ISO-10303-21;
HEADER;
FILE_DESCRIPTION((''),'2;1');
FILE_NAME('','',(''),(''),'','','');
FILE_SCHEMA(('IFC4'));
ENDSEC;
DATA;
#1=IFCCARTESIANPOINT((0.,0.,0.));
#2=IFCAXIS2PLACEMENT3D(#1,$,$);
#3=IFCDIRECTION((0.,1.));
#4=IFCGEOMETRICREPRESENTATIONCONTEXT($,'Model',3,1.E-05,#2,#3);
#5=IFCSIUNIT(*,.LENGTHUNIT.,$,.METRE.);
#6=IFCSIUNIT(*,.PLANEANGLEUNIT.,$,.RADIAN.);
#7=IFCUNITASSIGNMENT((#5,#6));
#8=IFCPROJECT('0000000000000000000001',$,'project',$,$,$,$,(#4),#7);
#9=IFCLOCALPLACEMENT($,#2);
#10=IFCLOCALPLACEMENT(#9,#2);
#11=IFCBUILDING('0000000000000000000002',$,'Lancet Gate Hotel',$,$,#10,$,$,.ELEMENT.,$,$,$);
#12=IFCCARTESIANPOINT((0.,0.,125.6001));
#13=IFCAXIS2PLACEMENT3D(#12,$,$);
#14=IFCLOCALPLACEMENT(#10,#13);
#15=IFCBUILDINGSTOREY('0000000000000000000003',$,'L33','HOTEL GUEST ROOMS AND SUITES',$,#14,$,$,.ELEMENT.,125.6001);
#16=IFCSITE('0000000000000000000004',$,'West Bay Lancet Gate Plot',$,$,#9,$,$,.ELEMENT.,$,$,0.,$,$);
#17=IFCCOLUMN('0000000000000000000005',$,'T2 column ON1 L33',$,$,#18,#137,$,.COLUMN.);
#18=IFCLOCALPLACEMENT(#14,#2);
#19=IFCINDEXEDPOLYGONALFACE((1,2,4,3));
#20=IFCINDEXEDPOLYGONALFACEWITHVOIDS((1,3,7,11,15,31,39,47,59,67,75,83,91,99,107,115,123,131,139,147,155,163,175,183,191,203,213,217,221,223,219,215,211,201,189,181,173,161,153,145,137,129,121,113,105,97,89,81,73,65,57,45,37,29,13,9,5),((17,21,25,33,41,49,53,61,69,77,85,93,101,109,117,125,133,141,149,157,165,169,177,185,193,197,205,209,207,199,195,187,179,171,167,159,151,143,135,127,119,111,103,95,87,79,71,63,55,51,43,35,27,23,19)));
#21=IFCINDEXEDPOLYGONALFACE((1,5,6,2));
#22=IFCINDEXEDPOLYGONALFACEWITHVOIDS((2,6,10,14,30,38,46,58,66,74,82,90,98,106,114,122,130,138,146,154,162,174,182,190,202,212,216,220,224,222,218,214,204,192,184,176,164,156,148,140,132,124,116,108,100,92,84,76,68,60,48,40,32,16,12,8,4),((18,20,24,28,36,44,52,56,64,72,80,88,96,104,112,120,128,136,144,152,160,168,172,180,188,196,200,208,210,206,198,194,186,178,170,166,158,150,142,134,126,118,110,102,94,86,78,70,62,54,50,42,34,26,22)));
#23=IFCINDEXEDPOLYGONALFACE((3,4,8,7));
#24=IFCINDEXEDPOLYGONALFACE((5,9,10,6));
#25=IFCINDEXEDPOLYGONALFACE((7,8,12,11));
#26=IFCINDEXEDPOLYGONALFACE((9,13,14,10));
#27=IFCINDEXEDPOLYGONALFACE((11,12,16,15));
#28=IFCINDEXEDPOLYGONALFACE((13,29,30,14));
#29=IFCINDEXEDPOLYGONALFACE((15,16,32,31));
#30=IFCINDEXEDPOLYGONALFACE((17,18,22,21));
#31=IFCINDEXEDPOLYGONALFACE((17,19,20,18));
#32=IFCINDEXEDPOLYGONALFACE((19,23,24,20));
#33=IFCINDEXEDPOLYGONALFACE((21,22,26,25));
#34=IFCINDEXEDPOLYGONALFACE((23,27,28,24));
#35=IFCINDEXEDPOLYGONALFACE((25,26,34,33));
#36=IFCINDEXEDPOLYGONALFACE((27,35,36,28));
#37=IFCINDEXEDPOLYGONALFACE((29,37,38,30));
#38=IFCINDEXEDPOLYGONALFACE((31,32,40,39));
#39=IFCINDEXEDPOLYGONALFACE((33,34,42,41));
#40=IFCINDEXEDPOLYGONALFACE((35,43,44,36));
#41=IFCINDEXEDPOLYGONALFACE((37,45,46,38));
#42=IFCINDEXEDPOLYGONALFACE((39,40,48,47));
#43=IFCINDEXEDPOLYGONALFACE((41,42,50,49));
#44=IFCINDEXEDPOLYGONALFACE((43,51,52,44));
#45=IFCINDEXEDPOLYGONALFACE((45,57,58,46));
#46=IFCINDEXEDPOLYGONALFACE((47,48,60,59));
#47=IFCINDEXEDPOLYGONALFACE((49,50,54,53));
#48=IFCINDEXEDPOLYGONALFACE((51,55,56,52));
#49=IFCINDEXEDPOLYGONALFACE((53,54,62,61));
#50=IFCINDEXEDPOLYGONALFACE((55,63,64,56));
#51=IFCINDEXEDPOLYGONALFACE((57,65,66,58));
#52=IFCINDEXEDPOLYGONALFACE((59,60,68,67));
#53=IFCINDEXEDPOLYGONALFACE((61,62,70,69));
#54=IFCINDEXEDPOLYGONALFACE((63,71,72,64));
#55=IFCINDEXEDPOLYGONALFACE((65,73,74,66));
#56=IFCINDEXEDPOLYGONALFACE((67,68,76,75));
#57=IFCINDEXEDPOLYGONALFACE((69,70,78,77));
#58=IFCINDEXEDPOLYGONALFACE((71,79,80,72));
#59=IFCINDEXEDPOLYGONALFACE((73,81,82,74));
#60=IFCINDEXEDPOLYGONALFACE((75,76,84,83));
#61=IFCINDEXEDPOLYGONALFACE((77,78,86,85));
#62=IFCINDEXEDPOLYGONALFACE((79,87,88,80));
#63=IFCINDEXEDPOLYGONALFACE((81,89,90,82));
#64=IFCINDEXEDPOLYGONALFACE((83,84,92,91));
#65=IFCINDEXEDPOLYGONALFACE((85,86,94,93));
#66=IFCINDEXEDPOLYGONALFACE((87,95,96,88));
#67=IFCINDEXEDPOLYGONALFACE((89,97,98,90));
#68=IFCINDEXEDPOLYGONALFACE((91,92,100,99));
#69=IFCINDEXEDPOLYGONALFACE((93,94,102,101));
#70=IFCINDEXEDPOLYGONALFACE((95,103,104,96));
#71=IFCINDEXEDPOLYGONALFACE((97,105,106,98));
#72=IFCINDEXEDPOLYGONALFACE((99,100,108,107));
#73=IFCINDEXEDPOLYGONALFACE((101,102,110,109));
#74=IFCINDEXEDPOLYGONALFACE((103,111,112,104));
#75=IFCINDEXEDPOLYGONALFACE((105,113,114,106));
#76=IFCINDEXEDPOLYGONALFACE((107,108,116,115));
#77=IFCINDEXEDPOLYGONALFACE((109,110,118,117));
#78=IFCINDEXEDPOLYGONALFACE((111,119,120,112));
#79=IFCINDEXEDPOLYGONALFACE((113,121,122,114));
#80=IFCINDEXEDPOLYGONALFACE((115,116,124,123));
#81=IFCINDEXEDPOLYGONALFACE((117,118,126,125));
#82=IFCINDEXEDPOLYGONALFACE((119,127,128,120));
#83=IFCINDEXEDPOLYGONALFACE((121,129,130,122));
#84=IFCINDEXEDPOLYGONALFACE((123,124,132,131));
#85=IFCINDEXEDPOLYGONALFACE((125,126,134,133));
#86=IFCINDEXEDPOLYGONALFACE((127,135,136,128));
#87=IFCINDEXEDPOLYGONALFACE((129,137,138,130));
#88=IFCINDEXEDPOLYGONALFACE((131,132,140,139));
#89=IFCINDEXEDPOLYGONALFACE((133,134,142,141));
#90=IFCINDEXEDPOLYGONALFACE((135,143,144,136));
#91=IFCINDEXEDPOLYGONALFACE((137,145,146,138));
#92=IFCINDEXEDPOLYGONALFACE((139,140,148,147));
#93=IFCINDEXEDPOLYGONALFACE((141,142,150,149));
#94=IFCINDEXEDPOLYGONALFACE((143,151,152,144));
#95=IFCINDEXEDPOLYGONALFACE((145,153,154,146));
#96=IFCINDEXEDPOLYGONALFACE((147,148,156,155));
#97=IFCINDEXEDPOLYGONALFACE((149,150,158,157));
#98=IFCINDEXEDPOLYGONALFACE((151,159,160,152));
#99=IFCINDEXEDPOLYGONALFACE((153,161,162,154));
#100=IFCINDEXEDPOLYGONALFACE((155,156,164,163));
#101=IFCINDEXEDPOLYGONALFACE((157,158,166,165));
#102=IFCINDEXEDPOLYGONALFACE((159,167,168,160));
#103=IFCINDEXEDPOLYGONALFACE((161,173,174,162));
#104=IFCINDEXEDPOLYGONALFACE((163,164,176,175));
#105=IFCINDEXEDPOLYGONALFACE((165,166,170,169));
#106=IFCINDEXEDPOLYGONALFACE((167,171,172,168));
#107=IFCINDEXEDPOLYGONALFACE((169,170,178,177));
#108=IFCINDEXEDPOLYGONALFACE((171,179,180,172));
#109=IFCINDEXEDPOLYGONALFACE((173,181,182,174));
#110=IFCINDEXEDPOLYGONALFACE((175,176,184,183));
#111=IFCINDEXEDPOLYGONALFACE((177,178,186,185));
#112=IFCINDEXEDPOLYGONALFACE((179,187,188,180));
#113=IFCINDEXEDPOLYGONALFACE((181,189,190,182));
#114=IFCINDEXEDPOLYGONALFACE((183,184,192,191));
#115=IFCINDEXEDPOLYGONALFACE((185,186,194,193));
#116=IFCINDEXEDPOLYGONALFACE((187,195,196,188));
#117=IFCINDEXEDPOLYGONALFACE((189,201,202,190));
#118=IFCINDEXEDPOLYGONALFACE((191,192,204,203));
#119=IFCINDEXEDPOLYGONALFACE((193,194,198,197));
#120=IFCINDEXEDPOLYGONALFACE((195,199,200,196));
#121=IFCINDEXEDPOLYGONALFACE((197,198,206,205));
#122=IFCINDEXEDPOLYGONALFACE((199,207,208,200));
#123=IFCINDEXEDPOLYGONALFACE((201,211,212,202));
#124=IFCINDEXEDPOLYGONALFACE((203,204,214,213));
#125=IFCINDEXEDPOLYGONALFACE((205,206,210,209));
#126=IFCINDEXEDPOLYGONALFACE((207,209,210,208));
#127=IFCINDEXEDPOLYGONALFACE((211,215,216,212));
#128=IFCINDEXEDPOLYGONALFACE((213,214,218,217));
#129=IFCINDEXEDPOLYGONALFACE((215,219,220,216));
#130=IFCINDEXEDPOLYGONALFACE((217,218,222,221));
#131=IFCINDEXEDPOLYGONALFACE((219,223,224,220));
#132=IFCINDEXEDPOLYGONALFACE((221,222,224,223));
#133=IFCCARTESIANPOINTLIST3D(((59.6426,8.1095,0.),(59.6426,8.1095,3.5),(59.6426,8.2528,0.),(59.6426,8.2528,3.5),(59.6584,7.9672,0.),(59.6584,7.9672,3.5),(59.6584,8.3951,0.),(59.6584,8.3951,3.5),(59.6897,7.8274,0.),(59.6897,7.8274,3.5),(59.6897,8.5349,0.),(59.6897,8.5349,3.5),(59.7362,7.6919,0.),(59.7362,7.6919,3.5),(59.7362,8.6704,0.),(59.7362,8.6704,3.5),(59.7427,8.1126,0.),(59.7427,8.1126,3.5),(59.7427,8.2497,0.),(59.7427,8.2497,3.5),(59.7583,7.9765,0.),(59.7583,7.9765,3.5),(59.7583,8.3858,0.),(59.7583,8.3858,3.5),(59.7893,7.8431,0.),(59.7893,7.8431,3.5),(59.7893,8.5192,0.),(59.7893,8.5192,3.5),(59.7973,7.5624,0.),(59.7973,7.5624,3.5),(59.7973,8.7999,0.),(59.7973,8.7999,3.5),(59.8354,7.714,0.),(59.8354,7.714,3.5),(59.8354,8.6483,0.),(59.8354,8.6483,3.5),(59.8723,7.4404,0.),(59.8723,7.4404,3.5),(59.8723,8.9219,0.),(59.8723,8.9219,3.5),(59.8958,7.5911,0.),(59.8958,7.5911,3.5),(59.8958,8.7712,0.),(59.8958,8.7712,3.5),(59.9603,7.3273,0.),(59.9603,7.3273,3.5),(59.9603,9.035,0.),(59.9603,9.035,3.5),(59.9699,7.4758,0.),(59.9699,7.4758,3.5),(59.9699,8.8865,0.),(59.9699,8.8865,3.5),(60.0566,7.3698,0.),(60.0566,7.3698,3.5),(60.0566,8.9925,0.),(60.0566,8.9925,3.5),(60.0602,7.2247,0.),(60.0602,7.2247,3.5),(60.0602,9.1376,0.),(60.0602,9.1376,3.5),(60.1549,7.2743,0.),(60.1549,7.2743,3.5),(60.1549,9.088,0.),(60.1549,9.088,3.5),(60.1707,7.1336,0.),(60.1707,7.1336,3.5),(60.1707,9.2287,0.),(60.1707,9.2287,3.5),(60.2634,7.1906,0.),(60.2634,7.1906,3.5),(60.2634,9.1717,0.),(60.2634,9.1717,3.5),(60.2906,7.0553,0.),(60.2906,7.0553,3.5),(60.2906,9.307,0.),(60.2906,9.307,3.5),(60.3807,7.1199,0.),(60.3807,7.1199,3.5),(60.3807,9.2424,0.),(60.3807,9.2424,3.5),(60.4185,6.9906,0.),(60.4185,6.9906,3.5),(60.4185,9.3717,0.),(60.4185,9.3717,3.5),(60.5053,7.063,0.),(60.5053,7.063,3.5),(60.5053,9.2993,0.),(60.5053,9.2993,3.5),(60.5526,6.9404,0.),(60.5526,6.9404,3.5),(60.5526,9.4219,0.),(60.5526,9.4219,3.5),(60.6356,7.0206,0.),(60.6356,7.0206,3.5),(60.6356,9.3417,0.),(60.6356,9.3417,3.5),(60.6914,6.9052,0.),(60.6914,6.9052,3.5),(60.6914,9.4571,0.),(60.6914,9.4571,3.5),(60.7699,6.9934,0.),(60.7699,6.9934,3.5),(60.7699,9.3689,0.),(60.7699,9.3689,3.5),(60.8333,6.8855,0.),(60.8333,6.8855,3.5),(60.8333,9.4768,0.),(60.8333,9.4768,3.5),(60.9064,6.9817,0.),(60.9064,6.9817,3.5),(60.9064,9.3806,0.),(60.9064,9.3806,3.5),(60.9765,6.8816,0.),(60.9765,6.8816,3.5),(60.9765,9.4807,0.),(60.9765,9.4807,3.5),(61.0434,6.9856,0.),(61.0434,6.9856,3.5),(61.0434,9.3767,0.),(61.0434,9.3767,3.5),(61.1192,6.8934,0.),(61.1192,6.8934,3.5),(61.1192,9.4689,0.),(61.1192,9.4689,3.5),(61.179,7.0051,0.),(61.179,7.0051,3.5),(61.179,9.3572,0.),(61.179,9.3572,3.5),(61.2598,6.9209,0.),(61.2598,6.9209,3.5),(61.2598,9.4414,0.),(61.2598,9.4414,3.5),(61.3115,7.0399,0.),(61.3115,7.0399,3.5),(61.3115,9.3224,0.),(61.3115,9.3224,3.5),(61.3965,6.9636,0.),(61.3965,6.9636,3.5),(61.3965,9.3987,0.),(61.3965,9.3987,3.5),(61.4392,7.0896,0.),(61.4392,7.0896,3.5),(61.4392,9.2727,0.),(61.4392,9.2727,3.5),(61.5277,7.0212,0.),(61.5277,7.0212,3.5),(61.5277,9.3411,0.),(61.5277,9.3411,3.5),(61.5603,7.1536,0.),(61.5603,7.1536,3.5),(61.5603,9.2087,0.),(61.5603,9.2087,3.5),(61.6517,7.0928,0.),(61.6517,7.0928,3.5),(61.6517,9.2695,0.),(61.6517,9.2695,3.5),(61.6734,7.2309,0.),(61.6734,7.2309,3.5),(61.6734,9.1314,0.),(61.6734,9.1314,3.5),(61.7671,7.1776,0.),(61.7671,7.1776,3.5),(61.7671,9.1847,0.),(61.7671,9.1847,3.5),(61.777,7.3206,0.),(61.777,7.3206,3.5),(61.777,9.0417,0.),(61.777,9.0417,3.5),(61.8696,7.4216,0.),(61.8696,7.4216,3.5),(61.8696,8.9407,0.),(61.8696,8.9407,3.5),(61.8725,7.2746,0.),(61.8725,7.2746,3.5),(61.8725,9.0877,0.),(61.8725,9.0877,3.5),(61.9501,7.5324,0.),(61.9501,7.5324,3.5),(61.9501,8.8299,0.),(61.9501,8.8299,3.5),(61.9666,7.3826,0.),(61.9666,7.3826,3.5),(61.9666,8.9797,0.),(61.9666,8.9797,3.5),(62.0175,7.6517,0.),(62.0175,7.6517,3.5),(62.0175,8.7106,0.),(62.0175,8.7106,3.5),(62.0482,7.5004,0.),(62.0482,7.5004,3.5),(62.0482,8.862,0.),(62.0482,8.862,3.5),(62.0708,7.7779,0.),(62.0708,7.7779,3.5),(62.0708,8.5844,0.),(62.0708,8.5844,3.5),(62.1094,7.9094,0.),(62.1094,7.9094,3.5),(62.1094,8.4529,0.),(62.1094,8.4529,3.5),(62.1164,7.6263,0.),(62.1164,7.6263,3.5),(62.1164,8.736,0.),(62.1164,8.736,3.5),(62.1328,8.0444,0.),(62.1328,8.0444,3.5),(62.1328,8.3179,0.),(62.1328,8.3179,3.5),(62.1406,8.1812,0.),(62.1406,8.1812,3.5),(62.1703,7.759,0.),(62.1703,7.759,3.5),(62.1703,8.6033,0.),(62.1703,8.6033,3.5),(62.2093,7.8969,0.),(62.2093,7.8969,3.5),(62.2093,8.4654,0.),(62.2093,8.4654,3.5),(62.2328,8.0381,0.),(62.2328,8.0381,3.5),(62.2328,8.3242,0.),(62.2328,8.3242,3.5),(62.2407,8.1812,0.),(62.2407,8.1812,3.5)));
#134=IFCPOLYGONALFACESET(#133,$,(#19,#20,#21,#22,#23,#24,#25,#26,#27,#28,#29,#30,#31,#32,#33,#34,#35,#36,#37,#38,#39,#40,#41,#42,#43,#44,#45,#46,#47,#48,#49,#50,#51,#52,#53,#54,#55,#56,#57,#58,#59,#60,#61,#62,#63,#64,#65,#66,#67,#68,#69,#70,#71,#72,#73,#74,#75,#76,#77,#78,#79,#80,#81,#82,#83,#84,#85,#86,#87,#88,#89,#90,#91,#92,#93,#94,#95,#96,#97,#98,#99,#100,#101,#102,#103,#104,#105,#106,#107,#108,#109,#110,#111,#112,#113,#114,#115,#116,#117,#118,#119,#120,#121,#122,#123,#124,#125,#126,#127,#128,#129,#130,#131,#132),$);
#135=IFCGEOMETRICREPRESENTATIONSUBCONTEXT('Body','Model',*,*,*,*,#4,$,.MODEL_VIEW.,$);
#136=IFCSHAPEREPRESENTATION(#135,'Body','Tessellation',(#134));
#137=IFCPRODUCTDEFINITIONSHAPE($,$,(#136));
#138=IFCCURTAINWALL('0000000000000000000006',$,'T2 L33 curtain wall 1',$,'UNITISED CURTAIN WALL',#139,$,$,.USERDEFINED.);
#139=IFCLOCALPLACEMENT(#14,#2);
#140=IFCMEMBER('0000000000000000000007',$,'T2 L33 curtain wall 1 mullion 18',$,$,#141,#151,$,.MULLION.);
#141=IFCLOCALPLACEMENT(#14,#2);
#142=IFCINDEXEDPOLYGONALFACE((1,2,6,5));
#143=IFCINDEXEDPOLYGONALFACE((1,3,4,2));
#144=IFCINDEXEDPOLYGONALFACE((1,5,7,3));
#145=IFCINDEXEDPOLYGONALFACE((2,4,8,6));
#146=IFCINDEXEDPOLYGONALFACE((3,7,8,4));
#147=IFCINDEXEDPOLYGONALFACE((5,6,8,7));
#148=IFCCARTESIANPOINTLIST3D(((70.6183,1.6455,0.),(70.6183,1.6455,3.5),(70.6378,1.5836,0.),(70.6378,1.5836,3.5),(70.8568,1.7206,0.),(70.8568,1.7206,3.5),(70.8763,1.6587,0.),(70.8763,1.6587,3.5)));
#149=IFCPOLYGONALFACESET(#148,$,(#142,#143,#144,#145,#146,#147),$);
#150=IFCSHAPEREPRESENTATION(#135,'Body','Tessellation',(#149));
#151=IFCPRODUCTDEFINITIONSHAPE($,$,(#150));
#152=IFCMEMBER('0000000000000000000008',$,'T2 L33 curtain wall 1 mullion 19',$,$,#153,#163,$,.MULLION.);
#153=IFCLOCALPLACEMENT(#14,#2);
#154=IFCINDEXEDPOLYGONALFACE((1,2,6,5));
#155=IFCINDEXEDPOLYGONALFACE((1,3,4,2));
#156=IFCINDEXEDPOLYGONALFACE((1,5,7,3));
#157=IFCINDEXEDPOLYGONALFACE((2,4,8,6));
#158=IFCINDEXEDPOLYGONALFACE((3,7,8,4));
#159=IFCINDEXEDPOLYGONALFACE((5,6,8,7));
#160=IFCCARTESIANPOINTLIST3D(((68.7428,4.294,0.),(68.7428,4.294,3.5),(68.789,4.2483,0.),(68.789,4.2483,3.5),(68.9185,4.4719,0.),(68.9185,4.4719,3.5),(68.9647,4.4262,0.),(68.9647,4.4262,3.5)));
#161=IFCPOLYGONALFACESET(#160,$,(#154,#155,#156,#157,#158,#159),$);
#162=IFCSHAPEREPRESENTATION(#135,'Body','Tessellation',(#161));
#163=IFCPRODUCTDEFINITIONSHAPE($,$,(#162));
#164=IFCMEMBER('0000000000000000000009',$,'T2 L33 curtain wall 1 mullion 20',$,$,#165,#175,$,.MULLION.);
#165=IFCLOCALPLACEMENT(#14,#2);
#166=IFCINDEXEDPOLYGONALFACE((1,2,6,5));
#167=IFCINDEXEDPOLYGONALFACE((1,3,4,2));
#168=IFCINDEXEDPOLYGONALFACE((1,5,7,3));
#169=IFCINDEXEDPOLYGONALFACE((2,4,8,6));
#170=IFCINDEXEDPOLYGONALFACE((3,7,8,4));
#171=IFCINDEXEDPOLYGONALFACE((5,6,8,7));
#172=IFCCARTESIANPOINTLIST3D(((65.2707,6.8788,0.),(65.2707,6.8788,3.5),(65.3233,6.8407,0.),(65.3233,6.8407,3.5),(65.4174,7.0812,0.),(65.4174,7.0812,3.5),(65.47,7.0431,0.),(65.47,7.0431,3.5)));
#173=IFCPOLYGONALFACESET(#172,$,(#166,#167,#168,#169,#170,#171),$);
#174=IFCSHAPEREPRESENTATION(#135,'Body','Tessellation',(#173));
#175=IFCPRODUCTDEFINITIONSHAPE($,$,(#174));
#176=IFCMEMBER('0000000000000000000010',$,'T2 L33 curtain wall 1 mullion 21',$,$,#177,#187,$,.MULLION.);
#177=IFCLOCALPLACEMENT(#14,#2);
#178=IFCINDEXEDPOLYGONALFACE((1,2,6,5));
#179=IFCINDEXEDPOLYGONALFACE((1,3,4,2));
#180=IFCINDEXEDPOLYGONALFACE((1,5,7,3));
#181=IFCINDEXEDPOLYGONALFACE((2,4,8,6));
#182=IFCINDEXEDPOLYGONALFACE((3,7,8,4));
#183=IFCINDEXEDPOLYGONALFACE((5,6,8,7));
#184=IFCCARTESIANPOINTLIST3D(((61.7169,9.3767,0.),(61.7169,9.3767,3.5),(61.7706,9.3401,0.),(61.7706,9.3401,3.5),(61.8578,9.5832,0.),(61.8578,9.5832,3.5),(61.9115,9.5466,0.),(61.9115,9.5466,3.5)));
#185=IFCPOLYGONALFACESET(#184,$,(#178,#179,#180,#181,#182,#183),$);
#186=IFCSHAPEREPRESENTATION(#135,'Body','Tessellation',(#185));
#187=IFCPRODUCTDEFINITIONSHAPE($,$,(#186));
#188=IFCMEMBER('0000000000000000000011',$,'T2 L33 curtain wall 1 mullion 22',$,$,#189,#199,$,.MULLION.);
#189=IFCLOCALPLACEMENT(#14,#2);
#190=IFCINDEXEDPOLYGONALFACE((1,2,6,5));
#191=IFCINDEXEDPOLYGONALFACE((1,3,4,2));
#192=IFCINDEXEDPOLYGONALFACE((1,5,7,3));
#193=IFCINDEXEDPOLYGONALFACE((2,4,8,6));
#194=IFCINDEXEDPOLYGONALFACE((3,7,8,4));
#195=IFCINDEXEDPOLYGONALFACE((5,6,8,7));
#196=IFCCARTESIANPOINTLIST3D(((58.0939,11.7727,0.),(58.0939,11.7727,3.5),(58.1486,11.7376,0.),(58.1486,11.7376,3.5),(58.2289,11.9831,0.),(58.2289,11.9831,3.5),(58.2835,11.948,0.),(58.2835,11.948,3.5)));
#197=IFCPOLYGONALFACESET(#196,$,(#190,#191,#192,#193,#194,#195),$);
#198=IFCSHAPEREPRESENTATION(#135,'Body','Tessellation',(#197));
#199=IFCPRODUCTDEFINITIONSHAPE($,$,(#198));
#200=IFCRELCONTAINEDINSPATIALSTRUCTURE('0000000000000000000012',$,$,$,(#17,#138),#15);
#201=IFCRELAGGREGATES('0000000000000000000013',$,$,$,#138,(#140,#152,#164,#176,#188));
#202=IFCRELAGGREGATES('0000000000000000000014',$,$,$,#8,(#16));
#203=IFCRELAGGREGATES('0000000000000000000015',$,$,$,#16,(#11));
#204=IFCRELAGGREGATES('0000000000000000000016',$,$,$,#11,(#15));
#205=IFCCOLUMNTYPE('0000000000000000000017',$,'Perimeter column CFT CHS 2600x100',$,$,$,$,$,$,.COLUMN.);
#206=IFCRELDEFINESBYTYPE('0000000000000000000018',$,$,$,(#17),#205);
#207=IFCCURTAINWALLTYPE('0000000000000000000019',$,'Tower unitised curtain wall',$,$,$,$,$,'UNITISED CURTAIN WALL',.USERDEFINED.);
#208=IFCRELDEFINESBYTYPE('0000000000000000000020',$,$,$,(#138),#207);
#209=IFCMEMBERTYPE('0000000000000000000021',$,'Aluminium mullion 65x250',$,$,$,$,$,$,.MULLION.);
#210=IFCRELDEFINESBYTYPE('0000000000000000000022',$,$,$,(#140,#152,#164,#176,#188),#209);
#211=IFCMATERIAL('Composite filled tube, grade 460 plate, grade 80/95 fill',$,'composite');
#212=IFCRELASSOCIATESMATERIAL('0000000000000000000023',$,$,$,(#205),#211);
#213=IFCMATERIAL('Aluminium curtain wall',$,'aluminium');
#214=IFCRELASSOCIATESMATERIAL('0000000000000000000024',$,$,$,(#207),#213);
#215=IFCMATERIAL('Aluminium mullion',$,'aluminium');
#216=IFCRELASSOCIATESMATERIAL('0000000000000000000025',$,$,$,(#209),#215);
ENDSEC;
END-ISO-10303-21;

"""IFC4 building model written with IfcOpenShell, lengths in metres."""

from ifc_helpers import new_model, si_unit, direction, frame, origin, origin_2d, place, context, subcontext, project, spatial, rectangle, hollow_circle, extrude, material, material_profile, profile_set, type_object, element, aggregate, save


model = new_model("IFC4")

# Units and contexts
model_context = context("Model", 3, precision=1e-05, world=origin(), true_north=direction((0.0, 1.0)))
body_context = subcontext(model_context, "Body", "Model", "MODEL_VIEW")
ifc_project = project(units=[si_unit("LENGTHUNIT", "METRE"), si_unit("PLANEANGLEUNIT", "RADIAN")], contexts=[model_context])

# Site, building, storey
site_placement = place(None, origin())
site = spatial("IfcSite", under=ifc_project, at=site_placement, Name="West Bay Lancet Gate Plot", CompositionType="ELEMENT", RefElevation=0.0)
building_placement = place(site_placement, origin())
building = spatial("IfcBuilding", under=site, at=building_placement, Name="Lancet Gate Hotel", CompositionType="ELEMENT")
storey_placement = place(building_placement, frame((0.0, 0.0, 125.6001)))
storey = spatial("IfcBuildingStorey", under=building, at=storey_placement, Name="L33", Description="HOTEL GUEST ROOMS AND SUITES", CompositionType="ELEMENT", Elevation=125.6001)

# Column
ifc_material_1 = material(Name="Composite filled tube, grade 460 plate, grade 80/95 fill", Category="composite")
ifc_material_profile_1 = material_profile(ifc_material_1, hollow_circle(Radius=1.3, WallThickness=0.1001, at=origin_2d()), Name="CHS 2600x100")
ifc_profile_set_1 = profile_set([ifc_material_profile_1], Name="Composite filled tube, grade 460 plate, grade 80/95 fill")
column_type_1 = type_object("IfcColumnType", Name="Perimeter column CFT CHS 2600x100", PredefinedType="COLUMN", material=ifc_profile_set_1)
column_1_placement = place(storey_placement, frame((60.9407, 8.1812, 0.0), z_axis=(0.0, 0.0, 1.0), x_axis=(1.0, 0.0, 0.0)))
element("IfcColumn", 1, at=column_1_placement, inside=storey, type_object=column_type_1, Name="T2 column ON1 L33", PredefinedType="COLUMN", context=body_context, shape_type="SweptSolid", body=[
    extrude(hollow_circle(Radius=1.3, WallThickness=0.1001, at=origin_2d()), origin(), (0.0, 0.0, 1.0), 3.5),
])

# Curtain wall, members
ifc_material_2 = material(Name="Aluminium curtain wall", Category="aluminium")
curtain_wall_type = type_object("IfcCurtainWallType", Name="Tower unitised curtain wall", ElementType="UNITISED CURTAIN WALL", PredefinedType="USERDEFINED", material=ifc_material_2)
curtain_wall_placement = place(storey_placement, origin())
curtain_wall = element("IfcCurtainWall", 2, at=curtain_wall_placement, inside=storey, type_object=curtain_wall_type, Name="T2 L33 curtain wall 1", ObjectType="UNITISED CURTAIN WALL", PredefinedType="USERDEFINED")
ifc_material_3 = material(Name="Aluminium mullion", Category="aluminium")
ifc_material_profile_2 = material_profile(ifc_material_3, rectangle(XDim=0.0649, YDim=0.25, at=origin_2d()), Name="MULLION 65x250")
ifc_profile_set_2 = profile_set([ifc_material_profile_2], Name="Aluminium mullion")
member_type_1 = type_object("IfcMemberType", Name="Aluminium mullion 65x250", PredefinedType="MULLION", material=ifc_profile_set_2)
member_1_placement = place(storey_placement, frame((70.7473, 1.6521, 0.0), z_axis=(0.0, 0.0, 1.0), x_axis=(-0.300385, 0.953818, 0.0)))
member_1 = element("IfcMember", 3, at=member_1_placement, type_object=member_type_1, Name="T2 L33 curtain wall 1 mullion 18", PredefinedType="MULLION", context=body_context, shape_type="SweptSolid", body=[
    extrude(rectangle(XDim=0.0649, YDim=0.25, at=origin_2d()), origin(), (0.0, 0.0, 1.0), 3.5),
])
member_2_placement = place(storey_placement, frame((68.8538, 4.3601, 0.0), z_axis=(0.0, 0.0, 1.0), x_axis=(-0.71161, 0.702574, 0.0)))
member_2 = element("IfcMember", 4, at=member_2_placement, type_object=member_type_1, Name="T2 L33 curtain wall 1 mullion 19", PredefinedType="MULLION", context=body_context, shape_type="SweptSolid", body=[
    extrude(rectangle(XDim=0.0649, YDim=0.25, at=origin_2d()), origin(), (0.0, 0.0, 1.0), 3.5),
])
member_3_placement = place(storey_placement, frame((65.3704, 6.9609, 0.0), z_axis=(0.0, 0.0, 1.0), x_axis=(-0.809729, 0.586805, 0.0)))
member_3 = element("IfcMember", 5, at=member_3_placement, type_object=member_type_1, Name="T2 L33 curtain wall 1 mullion 20", PredefinedType="MULLION", context=body_context, shape_type="SweptSolid", body=[
    extrude(rectangle(XDim=0.0649, YDim=0.25, at=origin_2d()), origin(), (0.0, 0.0, 1.0), 3.5),
])
member_4_placement = place(storey_placement, frame((61.8142, 9.4617, 0.0), z_axis=(0.0, 0.0, 1.0), x_axis=(-0.826066, 0.563574, 0.0)))
member_4 = element("IfcMember", 6, at=member_4_placement, type_object=member_type_1, Name="T2 L33 curtain wall 1 mullion 21", PredefinedType="MULLION", context=body_context, shape_type="SweptSolid", body=[
    extrude(rectangle(XDim=0.0649, YDim=0.25, at=origin_2d()), origin(), (0.0, 0.0, 1.0), 3.5),
])
member_5_placement = place(storey_placement, frame((58.1887, 11.8604, 0.0), z_axis=(0.0, 0.0, 1.0), x_axis=(-0.841736, 0.539889, 0.0)))
member_5 = element("IfcMember", 7, at=member_5_placement, type_object=member_type_1, Name="T2 L33 curtain wall 1 mullion 22", PredefinedType="MULLION", context=body_context, shape_type="SweptSolid", body=[
    extrude(rectangle(XDim=0.0649, YDim=0.25, at=origin_2d()), origin(), (0.0, 0.0, 1.0), 3.5),
])

aggregate(curtain_wall, [member_1, member_2, member_3, member_4, member_5])

save(model, "model.ifc")
